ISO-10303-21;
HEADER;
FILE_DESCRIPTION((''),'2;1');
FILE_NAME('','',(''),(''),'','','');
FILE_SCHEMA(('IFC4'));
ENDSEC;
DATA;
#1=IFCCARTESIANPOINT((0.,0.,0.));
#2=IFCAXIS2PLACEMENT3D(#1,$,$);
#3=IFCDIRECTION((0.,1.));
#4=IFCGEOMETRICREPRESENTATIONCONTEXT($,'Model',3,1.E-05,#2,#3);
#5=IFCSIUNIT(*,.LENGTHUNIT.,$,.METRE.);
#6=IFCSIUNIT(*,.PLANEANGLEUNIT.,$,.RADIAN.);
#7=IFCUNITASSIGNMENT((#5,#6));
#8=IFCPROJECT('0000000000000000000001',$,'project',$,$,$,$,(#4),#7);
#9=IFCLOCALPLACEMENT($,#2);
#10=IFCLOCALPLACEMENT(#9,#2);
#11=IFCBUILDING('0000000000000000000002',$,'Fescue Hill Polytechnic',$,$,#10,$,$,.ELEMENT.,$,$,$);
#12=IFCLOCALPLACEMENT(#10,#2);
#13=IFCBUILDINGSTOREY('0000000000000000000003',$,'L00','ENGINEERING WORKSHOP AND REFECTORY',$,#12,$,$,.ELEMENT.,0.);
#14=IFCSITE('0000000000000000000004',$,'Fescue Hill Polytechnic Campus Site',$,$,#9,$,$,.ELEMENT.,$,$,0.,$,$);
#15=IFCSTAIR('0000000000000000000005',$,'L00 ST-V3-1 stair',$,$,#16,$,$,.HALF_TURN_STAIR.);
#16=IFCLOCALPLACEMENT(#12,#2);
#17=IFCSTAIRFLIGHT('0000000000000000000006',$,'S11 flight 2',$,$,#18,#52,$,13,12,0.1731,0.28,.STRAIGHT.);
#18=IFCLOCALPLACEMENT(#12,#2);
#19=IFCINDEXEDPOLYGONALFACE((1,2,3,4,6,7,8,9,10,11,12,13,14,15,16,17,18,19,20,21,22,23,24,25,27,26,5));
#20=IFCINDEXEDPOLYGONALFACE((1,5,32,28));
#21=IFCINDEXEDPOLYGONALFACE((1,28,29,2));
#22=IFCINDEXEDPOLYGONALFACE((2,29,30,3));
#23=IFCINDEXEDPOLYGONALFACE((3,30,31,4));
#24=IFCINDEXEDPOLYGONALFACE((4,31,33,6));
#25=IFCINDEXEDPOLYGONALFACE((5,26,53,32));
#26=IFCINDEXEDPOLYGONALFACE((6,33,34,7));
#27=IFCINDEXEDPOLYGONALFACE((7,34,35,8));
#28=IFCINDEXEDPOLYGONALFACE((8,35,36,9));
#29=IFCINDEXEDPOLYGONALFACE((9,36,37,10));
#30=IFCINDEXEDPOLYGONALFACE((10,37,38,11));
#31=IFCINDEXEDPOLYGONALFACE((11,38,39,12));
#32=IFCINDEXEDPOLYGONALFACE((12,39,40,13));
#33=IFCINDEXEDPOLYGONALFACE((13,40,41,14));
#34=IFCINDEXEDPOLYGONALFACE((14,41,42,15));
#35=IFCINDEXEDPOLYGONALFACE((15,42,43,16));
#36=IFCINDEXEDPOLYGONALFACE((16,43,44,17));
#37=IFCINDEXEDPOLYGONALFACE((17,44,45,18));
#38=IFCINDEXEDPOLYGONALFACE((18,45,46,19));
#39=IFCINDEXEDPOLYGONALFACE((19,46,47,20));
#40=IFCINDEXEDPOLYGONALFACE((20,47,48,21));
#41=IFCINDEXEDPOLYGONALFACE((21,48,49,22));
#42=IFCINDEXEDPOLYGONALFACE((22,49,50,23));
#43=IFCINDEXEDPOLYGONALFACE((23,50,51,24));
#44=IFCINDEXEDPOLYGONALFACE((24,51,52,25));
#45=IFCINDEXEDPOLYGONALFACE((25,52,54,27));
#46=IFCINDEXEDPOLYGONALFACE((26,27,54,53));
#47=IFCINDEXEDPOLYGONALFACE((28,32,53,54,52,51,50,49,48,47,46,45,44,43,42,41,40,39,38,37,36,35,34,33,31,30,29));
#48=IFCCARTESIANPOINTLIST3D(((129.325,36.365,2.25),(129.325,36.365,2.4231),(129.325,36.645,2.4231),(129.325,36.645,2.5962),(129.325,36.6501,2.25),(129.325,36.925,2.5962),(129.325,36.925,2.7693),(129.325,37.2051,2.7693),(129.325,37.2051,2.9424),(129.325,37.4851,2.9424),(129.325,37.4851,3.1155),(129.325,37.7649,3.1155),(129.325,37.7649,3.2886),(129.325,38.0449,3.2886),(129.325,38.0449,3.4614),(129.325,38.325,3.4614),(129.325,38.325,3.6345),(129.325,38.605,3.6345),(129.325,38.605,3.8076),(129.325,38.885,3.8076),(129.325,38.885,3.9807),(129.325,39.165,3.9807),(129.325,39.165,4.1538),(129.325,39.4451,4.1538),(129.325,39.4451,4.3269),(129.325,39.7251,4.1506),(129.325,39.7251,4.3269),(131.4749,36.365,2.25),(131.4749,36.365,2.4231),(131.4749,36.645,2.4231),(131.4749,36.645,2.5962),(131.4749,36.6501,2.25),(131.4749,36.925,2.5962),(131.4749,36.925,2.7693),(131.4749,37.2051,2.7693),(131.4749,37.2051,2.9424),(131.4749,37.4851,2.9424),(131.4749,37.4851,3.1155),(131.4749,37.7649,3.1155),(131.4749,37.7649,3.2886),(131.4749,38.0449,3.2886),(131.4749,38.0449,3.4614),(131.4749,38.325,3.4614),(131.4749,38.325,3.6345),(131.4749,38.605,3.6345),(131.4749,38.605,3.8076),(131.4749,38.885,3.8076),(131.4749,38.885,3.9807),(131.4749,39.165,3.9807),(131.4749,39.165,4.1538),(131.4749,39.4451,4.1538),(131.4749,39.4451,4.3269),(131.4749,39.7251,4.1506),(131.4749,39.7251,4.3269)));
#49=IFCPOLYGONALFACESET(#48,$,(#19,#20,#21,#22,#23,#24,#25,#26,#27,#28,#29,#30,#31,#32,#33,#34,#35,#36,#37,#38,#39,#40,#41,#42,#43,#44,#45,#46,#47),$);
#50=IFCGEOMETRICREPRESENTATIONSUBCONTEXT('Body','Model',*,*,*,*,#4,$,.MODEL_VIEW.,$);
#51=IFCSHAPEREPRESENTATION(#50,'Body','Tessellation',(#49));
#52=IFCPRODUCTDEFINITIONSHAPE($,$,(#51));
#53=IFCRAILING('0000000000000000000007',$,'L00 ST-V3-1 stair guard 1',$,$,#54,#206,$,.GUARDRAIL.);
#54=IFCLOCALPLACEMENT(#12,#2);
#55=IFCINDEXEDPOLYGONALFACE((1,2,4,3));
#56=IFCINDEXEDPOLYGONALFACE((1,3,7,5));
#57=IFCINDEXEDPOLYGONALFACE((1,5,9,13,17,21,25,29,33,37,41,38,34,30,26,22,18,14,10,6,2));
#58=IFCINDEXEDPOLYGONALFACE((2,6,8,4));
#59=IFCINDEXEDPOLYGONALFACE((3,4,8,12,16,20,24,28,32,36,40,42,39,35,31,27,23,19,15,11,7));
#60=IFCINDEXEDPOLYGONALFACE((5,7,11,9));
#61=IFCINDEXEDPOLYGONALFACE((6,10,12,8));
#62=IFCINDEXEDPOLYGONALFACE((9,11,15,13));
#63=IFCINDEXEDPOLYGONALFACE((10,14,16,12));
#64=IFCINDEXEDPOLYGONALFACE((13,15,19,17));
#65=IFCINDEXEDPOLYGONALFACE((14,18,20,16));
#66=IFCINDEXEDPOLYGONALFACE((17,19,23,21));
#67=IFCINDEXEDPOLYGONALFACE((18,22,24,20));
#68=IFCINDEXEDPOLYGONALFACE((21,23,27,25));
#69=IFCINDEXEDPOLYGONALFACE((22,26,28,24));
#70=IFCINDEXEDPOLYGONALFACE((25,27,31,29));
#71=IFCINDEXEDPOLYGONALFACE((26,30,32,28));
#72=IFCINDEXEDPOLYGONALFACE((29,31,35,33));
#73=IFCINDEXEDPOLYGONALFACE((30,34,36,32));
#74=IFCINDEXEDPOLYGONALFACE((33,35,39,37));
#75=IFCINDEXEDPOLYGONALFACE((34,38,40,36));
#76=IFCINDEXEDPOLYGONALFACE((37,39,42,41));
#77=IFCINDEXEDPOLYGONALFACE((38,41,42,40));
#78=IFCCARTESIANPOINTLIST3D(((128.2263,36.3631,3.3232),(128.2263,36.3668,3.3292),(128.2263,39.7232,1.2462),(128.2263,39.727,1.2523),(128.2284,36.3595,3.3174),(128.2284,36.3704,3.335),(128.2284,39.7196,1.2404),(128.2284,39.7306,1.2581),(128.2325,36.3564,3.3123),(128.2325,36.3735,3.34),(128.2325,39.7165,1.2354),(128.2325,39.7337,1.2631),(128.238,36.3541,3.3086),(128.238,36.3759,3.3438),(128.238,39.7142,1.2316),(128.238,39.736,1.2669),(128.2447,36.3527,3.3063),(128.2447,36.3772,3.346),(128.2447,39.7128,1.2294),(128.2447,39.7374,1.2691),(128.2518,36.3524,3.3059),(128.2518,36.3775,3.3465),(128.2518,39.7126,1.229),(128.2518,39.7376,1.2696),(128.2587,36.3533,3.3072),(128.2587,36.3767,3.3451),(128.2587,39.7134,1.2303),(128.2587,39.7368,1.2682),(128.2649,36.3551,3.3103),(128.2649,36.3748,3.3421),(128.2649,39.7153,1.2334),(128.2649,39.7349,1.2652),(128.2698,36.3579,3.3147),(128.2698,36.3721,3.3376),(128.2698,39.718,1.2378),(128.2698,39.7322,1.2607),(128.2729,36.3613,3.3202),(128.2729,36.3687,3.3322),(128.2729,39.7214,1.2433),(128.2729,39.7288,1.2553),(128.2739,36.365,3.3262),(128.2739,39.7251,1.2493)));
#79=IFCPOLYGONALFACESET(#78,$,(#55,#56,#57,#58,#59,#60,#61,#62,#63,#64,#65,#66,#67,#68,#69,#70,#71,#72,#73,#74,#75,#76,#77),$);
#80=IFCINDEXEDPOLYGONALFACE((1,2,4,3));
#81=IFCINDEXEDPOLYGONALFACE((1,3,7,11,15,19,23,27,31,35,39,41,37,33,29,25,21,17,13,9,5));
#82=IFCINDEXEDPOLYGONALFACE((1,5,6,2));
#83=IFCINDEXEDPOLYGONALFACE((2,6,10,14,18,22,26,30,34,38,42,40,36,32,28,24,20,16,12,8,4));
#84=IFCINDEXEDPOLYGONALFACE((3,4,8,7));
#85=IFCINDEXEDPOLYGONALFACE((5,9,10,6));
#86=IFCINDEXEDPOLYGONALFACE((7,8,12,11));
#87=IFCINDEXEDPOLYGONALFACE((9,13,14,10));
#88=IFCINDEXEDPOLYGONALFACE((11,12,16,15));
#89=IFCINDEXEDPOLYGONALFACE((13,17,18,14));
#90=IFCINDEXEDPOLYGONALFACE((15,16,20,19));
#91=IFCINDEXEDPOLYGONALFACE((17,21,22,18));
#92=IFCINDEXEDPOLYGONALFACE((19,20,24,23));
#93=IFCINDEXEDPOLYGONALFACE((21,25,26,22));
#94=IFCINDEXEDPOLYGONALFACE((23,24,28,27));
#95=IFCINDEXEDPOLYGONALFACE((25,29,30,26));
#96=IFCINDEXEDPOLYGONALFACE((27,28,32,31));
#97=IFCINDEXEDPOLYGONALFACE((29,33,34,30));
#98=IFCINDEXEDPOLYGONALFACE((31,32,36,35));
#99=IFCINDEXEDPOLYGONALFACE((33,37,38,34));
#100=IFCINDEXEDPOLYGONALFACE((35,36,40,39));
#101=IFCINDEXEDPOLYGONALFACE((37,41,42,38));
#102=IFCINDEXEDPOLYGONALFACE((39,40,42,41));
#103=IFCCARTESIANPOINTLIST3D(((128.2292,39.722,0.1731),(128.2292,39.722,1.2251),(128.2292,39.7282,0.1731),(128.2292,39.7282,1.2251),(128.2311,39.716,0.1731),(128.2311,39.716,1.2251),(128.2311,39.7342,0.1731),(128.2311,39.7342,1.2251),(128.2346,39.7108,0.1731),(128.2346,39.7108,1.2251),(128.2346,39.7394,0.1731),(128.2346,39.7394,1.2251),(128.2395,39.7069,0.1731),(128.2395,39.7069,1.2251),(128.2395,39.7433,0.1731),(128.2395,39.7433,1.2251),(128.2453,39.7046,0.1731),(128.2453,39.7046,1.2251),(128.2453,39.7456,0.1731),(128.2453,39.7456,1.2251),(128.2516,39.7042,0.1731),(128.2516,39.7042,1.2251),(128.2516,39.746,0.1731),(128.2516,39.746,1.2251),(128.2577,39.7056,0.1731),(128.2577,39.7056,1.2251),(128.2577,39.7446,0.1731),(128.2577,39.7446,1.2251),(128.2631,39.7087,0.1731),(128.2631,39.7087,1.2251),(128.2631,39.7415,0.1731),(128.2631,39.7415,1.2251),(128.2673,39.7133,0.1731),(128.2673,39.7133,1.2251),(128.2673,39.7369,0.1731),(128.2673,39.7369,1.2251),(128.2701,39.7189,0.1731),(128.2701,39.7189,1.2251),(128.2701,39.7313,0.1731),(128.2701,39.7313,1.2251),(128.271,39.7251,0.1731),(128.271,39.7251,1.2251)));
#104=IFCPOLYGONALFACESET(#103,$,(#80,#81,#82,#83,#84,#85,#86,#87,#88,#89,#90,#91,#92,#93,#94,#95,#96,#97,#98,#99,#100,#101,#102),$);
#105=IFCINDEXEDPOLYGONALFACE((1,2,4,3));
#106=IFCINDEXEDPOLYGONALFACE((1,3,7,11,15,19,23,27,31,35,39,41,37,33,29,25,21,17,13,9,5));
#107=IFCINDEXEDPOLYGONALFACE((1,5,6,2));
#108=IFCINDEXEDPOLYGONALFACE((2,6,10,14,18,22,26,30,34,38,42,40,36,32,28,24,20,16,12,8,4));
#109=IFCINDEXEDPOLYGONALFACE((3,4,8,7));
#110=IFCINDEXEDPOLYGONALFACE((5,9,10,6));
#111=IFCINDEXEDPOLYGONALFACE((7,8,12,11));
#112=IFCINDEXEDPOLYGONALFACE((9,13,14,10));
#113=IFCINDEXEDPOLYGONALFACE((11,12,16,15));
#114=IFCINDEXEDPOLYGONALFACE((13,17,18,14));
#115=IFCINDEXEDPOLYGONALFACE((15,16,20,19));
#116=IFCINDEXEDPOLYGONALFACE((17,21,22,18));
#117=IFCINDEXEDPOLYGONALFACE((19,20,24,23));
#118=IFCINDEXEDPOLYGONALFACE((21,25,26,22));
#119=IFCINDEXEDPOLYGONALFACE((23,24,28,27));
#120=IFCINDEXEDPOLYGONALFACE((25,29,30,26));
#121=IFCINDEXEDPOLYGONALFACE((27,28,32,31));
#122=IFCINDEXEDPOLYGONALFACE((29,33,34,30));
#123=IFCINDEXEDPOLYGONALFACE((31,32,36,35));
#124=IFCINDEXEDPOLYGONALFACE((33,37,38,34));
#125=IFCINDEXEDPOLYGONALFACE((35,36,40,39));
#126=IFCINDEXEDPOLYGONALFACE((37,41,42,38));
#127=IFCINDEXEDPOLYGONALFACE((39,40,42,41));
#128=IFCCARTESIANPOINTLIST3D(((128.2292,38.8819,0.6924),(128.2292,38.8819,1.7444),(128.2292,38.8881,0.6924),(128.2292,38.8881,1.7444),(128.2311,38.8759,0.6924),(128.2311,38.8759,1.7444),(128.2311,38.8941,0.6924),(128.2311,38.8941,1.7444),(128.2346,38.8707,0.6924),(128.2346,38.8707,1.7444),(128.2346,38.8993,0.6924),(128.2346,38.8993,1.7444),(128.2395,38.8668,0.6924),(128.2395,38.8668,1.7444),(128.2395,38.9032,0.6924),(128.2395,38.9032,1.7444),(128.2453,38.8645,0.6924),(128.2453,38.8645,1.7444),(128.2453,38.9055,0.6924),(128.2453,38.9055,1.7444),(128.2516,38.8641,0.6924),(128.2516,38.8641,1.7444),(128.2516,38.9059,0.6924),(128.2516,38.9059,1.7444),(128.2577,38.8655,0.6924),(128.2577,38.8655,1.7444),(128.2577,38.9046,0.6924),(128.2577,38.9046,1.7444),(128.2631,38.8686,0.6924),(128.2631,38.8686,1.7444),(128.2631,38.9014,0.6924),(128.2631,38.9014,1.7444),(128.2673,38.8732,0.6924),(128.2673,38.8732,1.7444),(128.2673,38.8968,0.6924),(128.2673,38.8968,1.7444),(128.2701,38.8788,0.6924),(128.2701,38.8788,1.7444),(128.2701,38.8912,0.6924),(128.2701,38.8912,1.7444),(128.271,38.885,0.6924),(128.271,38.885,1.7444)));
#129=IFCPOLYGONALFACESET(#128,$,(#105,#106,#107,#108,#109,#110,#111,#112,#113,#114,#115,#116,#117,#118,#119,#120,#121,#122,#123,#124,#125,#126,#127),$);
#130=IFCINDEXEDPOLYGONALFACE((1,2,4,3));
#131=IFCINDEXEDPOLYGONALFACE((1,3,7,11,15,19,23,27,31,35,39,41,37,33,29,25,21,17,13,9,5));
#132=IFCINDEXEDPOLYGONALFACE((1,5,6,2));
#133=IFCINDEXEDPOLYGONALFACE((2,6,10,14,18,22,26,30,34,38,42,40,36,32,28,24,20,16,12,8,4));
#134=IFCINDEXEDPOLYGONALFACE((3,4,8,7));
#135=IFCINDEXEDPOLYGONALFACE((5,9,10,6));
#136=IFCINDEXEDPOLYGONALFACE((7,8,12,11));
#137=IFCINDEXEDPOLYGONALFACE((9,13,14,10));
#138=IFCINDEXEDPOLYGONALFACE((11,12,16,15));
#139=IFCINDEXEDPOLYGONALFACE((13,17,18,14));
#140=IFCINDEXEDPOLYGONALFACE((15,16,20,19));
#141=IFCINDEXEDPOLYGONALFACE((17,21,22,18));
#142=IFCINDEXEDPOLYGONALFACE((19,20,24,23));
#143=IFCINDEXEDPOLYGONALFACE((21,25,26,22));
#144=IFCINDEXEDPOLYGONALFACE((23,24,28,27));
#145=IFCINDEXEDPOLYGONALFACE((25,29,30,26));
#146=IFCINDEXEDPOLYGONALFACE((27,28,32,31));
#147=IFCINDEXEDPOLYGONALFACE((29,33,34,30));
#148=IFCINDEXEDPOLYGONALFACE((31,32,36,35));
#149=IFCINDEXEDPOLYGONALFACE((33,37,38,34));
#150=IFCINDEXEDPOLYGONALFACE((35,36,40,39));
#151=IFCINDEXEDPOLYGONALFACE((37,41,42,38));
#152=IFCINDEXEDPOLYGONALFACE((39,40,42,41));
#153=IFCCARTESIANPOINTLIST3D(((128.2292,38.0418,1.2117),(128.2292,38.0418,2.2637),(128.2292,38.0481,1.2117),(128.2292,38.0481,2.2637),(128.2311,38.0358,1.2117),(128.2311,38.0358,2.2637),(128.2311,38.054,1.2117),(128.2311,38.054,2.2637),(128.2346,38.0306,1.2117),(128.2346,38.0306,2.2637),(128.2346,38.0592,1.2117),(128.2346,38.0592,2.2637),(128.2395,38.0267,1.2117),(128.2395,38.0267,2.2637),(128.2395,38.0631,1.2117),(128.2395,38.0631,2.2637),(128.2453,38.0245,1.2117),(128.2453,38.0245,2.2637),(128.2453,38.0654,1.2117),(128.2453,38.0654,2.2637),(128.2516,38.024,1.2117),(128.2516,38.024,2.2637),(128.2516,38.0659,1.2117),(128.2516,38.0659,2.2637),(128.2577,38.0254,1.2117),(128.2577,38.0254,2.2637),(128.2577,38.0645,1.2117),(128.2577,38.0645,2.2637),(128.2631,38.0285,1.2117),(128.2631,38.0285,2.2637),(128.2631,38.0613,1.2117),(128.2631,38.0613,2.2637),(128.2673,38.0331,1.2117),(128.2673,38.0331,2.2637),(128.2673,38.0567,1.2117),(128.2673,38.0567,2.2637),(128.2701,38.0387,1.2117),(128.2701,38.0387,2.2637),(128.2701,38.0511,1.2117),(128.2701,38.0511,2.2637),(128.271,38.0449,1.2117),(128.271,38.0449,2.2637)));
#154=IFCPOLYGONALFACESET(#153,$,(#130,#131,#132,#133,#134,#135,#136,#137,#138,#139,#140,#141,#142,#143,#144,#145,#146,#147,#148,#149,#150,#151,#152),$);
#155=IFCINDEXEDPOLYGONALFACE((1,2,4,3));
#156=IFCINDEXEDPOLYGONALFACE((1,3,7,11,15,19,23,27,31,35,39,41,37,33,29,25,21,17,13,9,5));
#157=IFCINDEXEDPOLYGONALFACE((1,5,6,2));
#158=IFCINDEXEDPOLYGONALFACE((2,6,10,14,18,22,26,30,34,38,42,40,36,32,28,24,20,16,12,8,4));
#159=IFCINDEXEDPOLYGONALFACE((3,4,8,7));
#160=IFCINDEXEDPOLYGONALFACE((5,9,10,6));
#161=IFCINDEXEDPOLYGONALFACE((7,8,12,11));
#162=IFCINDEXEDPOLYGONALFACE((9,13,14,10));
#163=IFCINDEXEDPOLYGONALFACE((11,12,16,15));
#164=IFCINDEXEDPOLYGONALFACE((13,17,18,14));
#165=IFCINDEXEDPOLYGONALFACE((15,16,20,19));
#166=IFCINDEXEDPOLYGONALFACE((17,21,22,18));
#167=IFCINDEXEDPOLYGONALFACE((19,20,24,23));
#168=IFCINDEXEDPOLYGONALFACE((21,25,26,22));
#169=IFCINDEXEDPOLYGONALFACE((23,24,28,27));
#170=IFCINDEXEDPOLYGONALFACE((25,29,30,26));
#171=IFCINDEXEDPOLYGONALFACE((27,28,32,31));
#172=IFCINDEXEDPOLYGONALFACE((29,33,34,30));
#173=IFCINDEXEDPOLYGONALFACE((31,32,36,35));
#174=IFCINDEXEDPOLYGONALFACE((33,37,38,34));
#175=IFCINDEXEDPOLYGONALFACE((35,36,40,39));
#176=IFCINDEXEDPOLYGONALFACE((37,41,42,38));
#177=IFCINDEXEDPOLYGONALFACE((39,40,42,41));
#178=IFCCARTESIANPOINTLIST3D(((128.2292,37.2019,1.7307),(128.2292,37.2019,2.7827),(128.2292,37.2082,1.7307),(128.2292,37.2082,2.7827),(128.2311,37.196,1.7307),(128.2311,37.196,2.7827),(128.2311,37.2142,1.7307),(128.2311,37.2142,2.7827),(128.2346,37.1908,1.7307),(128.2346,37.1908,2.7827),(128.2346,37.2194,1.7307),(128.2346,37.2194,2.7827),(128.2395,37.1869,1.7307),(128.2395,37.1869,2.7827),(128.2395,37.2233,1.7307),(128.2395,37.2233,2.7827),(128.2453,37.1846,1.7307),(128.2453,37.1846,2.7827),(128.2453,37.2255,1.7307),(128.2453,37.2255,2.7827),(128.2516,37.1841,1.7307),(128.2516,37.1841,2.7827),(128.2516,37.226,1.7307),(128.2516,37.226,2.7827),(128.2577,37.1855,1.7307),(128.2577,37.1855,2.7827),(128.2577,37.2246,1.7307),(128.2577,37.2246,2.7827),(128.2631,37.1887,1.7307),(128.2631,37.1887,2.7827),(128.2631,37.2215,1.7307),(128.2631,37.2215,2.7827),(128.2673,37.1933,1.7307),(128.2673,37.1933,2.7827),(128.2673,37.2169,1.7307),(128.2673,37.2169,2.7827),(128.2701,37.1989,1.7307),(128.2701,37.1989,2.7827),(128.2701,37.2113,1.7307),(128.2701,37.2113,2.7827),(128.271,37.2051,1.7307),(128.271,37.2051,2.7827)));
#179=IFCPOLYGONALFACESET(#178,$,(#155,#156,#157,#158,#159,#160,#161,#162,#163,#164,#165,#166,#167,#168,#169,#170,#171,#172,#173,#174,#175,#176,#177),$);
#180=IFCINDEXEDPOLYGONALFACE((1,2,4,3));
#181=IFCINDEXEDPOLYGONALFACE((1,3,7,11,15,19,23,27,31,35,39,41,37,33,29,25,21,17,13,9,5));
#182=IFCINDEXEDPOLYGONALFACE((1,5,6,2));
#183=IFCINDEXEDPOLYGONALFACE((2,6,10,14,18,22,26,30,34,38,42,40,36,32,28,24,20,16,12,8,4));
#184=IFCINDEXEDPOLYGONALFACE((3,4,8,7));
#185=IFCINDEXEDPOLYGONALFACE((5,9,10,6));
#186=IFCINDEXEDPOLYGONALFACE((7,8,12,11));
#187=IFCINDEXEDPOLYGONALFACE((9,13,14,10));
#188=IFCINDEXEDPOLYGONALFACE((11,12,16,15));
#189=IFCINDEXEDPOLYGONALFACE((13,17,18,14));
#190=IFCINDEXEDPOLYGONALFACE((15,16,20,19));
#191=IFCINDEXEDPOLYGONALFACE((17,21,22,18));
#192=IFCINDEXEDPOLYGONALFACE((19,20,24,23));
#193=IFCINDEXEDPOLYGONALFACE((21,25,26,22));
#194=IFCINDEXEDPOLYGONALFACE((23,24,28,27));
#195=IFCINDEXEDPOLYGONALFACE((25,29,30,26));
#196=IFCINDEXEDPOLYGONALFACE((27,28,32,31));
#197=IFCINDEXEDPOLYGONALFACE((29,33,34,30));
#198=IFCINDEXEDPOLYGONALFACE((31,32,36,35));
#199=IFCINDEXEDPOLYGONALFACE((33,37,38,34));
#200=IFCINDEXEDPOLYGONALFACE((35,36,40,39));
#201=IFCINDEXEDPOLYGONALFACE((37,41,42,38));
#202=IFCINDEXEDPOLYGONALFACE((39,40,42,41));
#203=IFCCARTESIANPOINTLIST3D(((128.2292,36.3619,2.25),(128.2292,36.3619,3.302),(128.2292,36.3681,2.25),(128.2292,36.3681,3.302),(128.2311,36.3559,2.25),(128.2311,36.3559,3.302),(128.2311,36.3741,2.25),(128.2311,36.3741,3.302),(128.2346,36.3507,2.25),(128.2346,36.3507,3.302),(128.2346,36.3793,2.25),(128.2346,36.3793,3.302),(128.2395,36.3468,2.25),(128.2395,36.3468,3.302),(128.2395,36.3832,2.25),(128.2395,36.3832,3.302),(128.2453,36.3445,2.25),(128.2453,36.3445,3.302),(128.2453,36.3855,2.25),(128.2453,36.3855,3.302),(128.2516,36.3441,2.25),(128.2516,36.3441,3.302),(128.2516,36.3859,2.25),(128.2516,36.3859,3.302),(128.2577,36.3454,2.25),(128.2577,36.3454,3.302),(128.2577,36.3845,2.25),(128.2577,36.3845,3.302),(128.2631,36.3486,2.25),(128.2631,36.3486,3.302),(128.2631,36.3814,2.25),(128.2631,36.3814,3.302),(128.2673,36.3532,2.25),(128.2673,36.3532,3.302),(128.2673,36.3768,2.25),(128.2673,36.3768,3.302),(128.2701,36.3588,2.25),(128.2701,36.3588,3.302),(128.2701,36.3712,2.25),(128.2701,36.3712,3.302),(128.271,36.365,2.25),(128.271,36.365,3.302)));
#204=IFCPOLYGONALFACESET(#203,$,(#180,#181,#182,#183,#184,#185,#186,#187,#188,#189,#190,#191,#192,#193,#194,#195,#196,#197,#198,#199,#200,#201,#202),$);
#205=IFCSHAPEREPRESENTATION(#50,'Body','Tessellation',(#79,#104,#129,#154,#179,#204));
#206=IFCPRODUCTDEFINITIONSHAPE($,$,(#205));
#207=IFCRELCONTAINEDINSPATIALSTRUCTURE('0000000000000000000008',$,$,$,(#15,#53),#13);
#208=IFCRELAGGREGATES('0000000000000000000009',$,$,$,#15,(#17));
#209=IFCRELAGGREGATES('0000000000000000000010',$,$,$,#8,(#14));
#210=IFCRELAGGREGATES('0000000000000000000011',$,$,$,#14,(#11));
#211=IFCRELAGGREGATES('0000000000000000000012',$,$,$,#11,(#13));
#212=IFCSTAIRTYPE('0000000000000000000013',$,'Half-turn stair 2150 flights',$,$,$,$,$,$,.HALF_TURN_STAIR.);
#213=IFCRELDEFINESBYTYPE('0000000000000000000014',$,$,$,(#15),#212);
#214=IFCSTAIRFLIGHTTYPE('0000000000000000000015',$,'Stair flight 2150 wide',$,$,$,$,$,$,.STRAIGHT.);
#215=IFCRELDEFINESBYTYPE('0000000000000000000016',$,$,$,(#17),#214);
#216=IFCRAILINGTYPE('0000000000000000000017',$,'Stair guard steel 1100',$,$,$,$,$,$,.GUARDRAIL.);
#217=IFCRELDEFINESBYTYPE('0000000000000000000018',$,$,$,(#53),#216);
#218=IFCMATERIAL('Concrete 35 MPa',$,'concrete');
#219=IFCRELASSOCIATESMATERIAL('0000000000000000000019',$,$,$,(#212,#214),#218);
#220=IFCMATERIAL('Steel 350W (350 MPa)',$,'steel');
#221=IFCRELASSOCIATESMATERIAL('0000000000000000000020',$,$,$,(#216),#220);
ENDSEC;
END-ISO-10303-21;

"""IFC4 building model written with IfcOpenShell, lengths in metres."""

from ifc_helpers import new_model, si_unit, direction, frame, origin, origin_2d, place, context, subcontext, project, spatial, polyline, circle, outline, extrude, material, type_object, element, aggregate, save


model = new_model("IFC4")

# Units and contexts
model_context = context("Model", 3, precision=1e-05, world=origin(), true_north=direction((0.0, 1.0)))
body_context = subcontext(model_context, "Body", "Model", "MODEL_VIEW")
ifc_project = project(units=[si_unit("LENGTHUNIT", "METRE"), si_unit("PLANEANGLEUNIT", "RADIAN")], contexts=[model_context])

# Site, building, storey
site_placement = place(None, origin())
site = spatial("IfcSite", under=ifc_project, at=site_placement, Name="Fescue Hill Polytechnic Campus Site", CompositionType="ELEMENT", RefElevation=0.0)
building_placement = place(site_placement, origin())
building = spatial("IfcBuilding", under=site, at=building_placement, Name="Fescue Hill Polytechnic", CompositionType="ELEMENT")
storey_placement = place(building_placement, origin())
storey = spatial("IfcBuildingStorey", under=building, at=storey_placement, Name="L00", Description="ENGINEERING WORKSHOP AND REFECTORY", CompositionType="ELEMENT", Elevation=0.0)

# Stair, stair flight
ifc_material_1 = material(Name="Concrete 35 MPa", Category="concrete")
stair_type = type_object("IfcStairType", Name="Half-turn stair 2150 flights", PredefinedType="HALF_TURN_STAIR", material=ifc_material_1)
stair_placement = place(storey_placement, origin())
stair = element("IfcStair", 1, at=stair_placement, inside=storey, type_object=stair_type, Name="L00 ST-V3-1 stair", PredefinedType="HALF_TURN_STAIR")
stair_flight_type = type_object("IfcStairFlightType", Name="Stair flight 2150 wide", PredefinedType="STRAIGHT", material=ifc_material_1)
stair_flight_1_placement = place(storey_placement, frame((130.3999, 36.365, 2.25), z_axis=(0.0, 0.0, 1.0), x_axis=(0.0, 1.0, 0.0)))
stair_flight_1 = element("IfcStairFlight", 2, at=stair_flight_1_placement, type_object=stair_flight_type, Name="S11 flight 2", NumberOfRisers=13, NumberOfTreads=12, PredefinedType="STRAIGHT", RiserHeight=0.1731, TreadLength=0.28, context=body_context, shape_type="SweptSolid", body=[
    extrude(outline(polyline([(0.0, 0.0), (0.0, 0.1731), (0.28, 0.1731), (0.28, 0.3462), (0.5601, 0.3462), (0.5601, 0.5193), (0.8401, 0.5193), (0.8401, 0.6924), (1.1201, 0.6924), (1.1201, 0.8655), (1.3999, 0.8655), (1.3999, 1.0386), (1.6799, 1.0386), (1.6799, 1.2114), (1.96, 1.2114), (1.96, 1.3845), (2.24, 1.3845), (2.24, 1.5576), (2.52, 1.5576), (2.52, 1.7307), (2.8, 1.7307), (2.8, 1.9038), (3.0801, 1.9038), (3.0801, 2.0769), (3.3601, 2.0769), (3.3601, 2.25), (3.3601, 1.9006), (0.2852, 0.0), (0.0, 0.0)])), frame((0.0, 1.075, 0.0), z_axis=(0.0, -1.0, 0.0), x_axis=(1.0, 0.0, 0.0)), (0.0, 0.0, 1.0), 2.1499),
])
aggregate(stair, [stair_flight_1])

# Railing
ifc_material_2 = material(Name="Steel 350W (350 MPa)", Category="steel")
railing_type_1 = type_object("IfcRailingType", Name="Stair guard steel 1100", PredefinedType="GUARDRAIL", material=ifc_material_2)
railing_1_placement = place(storey_placement, frame((128.25, 39.7251, 0.1731)))
element("IfcRailing", 3, at=railing_1_placement, inside=storey, type_object=railing_type_1, Name="L00 ST-V3-1 stair guard 1", PredefinedType="GUARDRAIL", context=body_context, shape_type="SweptSolid", body=[
    extrude(circle(Radius=0.0239, at=origin_2d()), frame((0.0, 0.0, 1.0762), z_axis=(0.0, -0.850623, 0.525776), x_axis=(1.0, 0.0, 0.0)), (0.0, 0.0, 1.0), 3.9502),
    extrude(circle(Radius=0.021, at=origin_2d()), origin(), (0.0, 0.0, 1.0), 1.052),
    extrude(circle(Radius=0.021, at=origin_2d()), frame((0.0, -0.8401, 0.5193)), (0.0, 0.0, 1.0), 1.052),
    extrude(circle(Radius=0.021, at=origin_2d()), frame((0.0, -1.6802, 1.0386)), (0.0, 0.0, 1.0), 1.052),
    extrude(circle(Radius=0.021, at=origin_2d()), frame((0.0, -2.52, 1.5576)), (0.0, 0.0, 1.0), 1.052),
    extrude(circle(Radius=0.021, at=origin_2d()), frame((0.0, -3.3601, 2.0769)), (0.0, 0.0, 1.0), 1.052),
])

save(model, "model.ifc")
